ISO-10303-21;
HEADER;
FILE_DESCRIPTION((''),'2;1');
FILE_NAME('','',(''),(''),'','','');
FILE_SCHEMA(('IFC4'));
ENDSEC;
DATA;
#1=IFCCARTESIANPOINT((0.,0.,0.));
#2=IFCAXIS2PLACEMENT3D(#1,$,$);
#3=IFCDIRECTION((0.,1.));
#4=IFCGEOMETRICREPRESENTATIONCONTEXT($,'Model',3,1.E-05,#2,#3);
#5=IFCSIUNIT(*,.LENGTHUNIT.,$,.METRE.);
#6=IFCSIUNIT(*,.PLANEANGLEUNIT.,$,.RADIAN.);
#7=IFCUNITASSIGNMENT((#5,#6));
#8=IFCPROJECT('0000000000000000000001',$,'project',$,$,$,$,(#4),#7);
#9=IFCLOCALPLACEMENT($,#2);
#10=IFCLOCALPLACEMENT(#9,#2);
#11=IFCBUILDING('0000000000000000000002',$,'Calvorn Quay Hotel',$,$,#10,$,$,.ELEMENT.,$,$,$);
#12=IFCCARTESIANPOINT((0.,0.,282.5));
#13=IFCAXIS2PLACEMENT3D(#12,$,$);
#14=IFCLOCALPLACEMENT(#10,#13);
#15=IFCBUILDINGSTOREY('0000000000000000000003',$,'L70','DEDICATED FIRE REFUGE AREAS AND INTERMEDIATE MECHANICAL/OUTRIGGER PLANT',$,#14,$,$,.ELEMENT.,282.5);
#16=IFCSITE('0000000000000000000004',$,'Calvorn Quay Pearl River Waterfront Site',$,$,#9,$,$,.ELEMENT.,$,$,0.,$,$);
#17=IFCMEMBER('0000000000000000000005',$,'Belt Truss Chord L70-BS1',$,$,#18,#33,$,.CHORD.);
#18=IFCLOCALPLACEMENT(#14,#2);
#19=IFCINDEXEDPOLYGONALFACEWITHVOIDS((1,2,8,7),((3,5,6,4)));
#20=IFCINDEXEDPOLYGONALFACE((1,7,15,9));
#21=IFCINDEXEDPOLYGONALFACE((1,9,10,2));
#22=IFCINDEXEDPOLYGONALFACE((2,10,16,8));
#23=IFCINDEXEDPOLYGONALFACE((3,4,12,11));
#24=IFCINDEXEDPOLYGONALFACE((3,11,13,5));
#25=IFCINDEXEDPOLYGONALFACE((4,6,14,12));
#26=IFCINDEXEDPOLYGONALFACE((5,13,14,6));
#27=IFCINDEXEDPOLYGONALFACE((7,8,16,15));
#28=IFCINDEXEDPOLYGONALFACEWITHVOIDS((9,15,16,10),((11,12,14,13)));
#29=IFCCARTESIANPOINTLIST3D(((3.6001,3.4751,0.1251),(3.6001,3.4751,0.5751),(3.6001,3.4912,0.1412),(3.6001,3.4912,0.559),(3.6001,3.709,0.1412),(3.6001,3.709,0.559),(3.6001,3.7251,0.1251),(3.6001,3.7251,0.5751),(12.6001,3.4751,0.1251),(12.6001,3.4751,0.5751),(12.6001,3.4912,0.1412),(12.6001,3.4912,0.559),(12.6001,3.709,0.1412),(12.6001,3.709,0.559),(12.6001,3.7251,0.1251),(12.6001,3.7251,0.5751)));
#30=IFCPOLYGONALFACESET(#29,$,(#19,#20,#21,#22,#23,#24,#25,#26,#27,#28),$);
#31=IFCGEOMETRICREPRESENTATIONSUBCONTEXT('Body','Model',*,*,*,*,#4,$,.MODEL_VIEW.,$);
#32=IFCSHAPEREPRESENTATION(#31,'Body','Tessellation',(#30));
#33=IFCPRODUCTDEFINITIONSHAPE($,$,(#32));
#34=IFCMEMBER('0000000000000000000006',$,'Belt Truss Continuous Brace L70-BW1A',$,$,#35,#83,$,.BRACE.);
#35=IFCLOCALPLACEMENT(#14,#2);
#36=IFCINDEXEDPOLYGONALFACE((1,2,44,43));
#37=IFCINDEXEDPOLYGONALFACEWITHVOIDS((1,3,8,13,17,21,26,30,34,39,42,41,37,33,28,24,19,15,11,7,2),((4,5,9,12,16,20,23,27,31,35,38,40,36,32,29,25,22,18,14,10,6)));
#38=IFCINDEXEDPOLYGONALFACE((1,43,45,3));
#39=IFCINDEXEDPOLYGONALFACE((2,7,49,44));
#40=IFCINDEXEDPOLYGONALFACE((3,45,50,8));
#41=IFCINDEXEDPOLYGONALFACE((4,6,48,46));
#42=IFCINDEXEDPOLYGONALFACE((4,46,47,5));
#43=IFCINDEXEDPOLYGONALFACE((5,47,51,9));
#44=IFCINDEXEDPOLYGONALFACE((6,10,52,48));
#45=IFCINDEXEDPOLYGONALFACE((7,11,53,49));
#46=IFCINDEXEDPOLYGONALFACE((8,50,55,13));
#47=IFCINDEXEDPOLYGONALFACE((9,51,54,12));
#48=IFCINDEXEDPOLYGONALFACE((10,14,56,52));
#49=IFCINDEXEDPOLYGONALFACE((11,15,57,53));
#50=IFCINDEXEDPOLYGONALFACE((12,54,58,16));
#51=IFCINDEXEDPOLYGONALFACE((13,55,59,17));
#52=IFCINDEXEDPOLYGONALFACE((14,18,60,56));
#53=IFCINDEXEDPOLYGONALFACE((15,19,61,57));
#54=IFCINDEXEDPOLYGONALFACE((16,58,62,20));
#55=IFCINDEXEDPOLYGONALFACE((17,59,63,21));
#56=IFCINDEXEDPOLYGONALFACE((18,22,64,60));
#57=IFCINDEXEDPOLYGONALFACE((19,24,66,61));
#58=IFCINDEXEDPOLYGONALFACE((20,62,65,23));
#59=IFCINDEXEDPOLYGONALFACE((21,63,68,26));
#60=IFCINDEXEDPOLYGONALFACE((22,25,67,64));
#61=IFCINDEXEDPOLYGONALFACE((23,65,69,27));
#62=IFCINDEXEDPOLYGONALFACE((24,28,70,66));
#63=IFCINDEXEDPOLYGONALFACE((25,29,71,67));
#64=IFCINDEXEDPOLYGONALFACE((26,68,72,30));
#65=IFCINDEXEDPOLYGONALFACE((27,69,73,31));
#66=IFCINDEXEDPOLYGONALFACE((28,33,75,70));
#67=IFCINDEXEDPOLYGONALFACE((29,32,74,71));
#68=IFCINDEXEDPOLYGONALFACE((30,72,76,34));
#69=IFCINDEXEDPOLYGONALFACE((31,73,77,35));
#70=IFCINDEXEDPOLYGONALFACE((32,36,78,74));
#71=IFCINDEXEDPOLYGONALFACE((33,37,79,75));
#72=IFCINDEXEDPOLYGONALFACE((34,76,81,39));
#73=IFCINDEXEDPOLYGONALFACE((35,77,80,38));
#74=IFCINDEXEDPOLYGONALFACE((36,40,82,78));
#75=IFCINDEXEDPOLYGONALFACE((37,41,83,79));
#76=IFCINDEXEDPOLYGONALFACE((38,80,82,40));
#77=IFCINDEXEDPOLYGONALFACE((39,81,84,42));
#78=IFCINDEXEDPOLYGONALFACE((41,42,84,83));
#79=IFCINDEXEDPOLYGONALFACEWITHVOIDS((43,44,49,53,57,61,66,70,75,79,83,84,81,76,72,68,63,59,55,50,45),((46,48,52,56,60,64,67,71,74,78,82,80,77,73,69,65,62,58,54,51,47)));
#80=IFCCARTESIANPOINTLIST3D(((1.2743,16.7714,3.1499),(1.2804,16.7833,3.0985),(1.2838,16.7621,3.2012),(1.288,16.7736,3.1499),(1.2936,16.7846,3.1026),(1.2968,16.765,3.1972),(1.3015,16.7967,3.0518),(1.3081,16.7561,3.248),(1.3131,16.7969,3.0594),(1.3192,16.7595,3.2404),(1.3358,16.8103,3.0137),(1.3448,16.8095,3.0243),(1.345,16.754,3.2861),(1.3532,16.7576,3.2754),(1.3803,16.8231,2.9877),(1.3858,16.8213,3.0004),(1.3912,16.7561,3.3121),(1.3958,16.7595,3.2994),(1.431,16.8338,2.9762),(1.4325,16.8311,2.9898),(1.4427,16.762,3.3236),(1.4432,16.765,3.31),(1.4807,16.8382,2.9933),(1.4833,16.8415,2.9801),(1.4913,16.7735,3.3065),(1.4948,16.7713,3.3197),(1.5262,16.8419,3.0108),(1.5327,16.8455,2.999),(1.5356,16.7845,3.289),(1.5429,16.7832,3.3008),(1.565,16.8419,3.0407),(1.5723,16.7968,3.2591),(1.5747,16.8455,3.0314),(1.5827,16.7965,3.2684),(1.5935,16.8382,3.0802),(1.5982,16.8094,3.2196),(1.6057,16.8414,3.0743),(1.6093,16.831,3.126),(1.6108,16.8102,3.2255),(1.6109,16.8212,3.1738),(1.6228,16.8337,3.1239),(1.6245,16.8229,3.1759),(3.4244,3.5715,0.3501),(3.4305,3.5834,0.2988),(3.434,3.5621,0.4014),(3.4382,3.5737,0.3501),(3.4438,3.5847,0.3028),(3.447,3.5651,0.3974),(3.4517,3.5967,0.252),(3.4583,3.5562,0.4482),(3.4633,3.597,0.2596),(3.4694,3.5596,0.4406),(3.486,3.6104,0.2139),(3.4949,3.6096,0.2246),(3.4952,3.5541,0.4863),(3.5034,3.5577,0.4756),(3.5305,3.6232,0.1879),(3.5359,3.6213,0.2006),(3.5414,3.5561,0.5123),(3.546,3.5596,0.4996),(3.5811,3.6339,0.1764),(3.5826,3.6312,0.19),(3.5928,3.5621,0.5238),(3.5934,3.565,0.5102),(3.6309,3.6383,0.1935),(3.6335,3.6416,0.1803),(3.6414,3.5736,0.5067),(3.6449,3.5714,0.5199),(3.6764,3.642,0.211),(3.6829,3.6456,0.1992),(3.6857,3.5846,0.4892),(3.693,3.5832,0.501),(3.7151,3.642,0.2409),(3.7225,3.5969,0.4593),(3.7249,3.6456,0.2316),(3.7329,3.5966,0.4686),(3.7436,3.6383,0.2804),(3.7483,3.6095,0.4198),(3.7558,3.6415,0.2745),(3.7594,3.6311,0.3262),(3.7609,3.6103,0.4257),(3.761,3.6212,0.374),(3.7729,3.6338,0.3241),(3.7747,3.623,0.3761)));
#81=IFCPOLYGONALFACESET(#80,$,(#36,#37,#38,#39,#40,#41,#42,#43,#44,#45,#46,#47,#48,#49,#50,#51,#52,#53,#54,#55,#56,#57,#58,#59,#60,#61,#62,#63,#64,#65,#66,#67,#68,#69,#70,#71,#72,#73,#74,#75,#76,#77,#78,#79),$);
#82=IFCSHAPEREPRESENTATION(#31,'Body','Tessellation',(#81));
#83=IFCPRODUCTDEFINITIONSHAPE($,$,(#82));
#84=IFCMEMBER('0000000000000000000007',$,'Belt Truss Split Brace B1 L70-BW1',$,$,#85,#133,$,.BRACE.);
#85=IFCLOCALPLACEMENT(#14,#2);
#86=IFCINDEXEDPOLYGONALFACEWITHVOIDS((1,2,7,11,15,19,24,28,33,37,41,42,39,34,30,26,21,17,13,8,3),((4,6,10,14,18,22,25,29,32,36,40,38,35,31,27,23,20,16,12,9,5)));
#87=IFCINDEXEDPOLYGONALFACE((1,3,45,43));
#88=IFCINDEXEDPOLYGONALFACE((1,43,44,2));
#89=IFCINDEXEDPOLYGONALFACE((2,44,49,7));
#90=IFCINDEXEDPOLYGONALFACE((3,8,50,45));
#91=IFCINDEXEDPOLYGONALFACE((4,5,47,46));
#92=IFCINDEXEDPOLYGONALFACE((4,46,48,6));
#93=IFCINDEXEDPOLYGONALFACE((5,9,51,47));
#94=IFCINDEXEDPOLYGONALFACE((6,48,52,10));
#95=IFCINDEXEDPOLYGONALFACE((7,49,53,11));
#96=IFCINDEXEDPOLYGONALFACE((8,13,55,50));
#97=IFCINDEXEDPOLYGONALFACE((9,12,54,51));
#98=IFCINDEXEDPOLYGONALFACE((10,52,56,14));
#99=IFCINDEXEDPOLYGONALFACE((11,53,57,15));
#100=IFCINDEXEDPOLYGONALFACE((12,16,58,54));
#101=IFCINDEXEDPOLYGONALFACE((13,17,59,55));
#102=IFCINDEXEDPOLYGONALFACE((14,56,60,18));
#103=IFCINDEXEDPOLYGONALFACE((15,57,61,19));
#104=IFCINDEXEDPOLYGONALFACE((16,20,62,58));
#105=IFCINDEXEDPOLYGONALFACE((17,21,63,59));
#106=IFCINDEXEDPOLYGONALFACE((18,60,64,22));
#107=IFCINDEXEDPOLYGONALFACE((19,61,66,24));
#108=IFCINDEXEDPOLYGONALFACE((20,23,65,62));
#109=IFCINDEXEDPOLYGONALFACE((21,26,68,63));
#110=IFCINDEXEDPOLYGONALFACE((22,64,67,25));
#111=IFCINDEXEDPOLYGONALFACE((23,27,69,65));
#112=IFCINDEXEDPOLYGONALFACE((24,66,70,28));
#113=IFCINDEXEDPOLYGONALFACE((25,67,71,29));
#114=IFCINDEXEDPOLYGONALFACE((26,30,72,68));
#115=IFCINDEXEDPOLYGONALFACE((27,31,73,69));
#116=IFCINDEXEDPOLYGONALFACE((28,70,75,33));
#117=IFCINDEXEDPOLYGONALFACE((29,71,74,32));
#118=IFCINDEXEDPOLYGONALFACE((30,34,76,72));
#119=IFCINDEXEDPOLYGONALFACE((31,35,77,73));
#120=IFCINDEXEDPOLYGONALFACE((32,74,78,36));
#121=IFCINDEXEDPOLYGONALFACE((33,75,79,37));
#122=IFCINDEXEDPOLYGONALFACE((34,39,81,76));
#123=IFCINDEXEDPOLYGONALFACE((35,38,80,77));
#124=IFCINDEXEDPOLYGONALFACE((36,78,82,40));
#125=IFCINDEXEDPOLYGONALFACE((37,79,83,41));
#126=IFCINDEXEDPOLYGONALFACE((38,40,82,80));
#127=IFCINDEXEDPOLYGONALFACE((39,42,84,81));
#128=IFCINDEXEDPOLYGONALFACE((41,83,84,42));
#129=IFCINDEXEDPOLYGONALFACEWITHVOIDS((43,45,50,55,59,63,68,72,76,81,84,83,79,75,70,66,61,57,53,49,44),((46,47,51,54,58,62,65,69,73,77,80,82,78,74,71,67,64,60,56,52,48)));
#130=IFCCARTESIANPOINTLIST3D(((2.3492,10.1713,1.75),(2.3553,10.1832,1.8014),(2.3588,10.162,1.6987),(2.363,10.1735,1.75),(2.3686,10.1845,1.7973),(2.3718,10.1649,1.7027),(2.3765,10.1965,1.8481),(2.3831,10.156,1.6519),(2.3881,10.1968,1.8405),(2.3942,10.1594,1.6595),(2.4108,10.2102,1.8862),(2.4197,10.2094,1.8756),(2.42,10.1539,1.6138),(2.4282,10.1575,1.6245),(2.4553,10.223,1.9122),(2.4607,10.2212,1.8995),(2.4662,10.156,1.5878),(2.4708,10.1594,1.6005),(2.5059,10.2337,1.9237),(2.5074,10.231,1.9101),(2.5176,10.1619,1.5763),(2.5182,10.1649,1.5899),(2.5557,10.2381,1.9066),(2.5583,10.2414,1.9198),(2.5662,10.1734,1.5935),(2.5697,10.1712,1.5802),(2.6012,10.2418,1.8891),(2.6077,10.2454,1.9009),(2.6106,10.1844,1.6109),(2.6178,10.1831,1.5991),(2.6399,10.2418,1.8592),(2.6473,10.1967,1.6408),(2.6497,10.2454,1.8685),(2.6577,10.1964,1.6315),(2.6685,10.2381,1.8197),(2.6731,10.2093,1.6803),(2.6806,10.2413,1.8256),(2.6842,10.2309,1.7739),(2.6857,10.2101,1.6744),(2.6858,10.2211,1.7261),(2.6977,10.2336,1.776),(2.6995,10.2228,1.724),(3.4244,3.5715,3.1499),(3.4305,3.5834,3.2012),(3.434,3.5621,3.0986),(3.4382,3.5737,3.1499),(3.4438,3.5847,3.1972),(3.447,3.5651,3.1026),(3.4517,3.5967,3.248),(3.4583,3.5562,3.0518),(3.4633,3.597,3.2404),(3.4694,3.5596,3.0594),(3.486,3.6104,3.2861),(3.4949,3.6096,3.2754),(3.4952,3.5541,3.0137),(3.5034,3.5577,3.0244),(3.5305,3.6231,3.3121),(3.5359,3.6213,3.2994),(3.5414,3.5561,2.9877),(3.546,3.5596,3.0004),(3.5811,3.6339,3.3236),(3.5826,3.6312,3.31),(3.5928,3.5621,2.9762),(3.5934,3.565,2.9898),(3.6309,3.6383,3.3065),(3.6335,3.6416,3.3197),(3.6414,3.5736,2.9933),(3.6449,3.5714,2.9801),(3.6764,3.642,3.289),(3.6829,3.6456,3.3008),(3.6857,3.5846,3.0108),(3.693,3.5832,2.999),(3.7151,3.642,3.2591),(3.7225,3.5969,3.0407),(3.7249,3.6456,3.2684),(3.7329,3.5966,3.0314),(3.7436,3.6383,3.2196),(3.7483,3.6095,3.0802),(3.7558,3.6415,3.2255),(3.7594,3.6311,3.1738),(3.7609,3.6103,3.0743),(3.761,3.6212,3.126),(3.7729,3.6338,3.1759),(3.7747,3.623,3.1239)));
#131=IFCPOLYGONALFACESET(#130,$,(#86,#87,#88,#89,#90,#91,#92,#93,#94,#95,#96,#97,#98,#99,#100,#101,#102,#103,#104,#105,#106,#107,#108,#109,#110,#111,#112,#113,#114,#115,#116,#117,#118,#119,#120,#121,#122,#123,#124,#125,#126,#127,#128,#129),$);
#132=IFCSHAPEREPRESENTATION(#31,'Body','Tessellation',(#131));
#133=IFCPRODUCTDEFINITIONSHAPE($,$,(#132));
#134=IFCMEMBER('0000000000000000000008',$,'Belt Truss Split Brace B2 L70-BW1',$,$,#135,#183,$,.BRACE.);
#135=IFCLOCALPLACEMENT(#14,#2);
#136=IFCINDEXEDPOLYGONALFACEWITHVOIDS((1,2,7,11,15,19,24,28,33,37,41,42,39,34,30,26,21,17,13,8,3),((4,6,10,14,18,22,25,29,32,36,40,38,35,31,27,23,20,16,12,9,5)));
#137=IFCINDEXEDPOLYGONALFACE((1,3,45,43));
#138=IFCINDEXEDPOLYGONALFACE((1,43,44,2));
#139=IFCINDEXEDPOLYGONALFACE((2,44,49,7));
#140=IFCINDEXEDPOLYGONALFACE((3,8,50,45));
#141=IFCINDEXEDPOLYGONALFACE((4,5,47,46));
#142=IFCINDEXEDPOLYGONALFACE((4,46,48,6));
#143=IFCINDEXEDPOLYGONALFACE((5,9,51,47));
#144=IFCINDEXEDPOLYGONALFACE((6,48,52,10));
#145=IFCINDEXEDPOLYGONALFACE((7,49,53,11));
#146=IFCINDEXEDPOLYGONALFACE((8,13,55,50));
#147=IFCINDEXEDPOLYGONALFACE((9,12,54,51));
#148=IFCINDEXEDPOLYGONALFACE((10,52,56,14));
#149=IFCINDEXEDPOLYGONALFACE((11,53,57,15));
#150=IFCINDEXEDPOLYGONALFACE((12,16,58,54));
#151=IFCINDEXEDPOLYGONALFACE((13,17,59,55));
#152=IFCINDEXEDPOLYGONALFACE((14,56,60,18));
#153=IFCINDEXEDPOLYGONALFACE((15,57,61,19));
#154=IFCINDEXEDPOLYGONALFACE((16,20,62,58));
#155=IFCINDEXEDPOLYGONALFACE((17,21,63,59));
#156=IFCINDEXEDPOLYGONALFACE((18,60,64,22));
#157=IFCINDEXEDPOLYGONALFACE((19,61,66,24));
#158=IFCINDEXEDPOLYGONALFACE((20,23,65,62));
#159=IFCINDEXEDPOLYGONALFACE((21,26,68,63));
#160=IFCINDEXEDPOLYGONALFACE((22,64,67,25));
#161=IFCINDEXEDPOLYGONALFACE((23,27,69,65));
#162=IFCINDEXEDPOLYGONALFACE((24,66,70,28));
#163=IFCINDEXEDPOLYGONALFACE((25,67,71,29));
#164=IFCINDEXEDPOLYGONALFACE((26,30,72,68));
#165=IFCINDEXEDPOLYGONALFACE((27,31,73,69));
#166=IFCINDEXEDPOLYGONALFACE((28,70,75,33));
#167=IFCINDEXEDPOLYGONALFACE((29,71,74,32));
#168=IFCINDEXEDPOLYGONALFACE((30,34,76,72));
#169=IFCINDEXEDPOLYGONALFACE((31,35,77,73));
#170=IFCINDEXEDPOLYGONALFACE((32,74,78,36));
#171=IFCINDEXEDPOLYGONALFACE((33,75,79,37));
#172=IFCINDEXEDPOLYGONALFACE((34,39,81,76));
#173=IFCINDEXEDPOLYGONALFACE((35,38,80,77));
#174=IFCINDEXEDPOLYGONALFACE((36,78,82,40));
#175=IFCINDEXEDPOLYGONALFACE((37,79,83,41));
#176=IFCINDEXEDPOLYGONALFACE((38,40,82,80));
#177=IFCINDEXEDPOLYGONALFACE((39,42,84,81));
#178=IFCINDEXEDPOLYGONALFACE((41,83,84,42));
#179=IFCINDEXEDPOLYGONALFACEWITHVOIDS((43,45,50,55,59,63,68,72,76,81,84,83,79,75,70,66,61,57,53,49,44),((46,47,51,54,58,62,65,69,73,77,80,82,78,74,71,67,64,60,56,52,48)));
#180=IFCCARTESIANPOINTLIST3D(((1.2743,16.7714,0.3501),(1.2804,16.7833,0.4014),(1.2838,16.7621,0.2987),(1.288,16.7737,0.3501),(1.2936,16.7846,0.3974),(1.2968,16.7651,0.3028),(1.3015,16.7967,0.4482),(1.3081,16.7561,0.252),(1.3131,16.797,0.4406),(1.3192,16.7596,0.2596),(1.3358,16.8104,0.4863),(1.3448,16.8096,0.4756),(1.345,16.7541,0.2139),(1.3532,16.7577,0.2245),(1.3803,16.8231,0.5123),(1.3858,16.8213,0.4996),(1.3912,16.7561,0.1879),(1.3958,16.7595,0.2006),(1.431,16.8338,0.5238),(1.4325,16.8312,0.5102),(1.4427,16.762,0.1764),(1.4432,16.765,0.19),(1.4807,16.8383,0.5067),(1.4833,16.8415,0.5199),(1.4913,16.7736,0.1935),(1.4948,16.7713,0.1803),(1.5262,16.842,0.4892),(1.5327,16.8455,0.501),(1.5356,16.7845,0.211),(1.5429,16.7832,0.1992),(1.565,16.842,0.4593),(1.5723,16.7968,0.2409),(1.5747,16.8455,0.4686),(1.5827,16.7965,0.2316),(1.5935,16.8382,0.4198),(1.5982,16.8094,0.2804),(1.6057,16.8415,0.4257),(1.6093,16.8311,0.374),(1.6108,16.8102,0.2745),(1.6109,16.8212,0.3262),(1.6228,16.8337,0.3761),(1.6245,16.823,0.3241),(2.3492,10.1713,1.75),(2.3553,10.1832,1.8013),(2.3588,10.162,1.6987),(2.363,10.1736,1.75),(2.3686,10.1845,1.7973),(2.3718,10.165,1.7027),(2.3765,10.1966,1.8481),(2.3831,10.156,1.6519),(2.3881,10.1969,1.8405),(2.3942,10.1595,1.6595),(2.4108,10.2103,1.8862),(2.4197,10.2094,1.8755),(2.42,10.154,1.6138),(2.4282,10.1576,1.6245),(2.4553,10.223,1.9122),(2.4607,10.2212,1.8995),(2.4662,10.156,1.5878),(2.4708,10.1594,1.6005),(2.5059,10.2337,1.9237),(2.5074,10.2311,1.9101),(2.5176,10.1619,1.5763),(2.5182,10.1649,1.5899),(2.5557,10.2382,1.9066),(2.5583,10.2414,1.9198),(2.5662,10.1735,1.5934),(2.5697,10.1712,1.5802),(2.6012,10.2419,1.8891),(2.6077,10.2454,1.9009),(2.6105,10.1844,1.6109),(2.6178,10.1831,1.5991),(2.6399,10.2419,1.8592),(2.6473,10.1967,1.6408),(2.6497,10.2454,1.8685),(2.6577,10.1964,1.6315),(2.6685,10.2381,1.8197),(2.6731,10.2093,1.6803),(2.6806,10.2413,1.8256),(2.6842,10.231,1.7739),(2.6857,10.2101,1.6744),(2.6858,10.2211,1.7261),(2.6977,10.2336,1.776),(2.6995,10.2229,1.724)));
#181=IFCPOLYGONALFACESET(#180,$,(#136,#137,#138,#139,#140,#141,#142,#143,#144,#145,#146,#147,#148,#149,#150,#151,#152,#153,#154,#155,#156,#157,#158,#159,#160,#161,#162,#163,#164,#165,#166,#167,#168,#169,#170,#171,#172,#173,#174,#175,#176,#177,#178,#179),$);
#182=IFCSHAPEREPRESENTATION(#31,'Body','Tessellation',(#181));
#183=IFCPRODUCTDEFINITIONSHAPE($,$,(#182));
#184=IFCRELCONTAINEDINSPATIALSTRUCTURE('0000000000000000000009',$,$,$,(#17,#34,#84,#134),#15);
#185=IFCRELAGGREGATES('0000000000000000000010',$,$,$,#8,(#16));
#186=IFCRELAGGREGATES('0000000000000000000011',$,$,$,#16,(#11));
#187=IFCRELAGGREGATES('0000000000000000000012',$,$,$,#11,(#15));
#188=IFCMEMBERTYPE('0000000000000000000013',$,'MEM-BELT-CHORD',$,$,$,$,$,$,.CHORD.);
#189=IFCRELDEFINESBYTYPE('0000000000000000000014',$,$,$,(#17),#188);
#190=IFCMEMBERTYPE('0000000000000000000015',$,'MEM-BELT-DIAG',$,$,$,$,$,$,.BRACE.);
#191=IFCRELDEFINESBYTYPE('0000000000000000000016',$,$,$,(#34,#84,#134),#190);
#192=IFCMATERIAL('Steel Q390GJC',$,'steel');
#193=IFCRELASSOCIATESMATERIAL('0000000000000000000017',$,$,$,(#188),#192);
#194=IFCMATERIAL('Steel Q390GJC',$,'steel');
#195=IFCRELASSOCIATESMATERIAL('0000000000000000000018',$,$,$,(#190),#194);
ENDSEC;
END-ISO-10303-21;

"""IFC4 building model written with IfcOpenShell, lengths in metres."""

from ifc_helpers import new_model, si_unit, direction, frame, origin, origin_2d, place, context, subcontext, project, spatial, hollow_rectangle, hollow_circle, extrude, material, material_profile, profile_set, type_object, element, save


model = new_model("IFC4")

# Units and contexts
model_context = context("Model", 3, precision=1e-05, world=origin(), true_north=direction((0.0, 1.0)))
body_context = subcontext(model_context, "Body", "Model", "MODEL_VIEW")
ifc_project = project(units=[si_unit("LENGTHUNIT", "METRE"), si_unit("PLANEANGLEUNIT", "RADIAN")], contexts=[model_context])

# Site, building, storey
site_placement = place(None, origin())
site = spatial("IfcSite", under=ifc_project, at=site_placement, Name="Calvorn Quay Pearl River Waterfront Site", CompositionType="ELEMENT", RefElevation=0.0)
building_placement = place(site_placement, origin())
building = spatial("IfcBuilding", under=site, at=building_placement, Name="Calvorn Quay Hotel", CompositionType="ELEMENT")
storey_placement = place(building_placement, frame((0.0, 0.0, 282.5)))
storey = spatial("IfcBuildingStorey", under=building, at=storey_placement, Name="L70", Description="DEDICATED FIRE REFUGE AREAS AND INTERMEDIATE MECHANICAL/OUTRIGGER PLANT", CompositionType="ELEMENT", Elevation=282.5)

# Members
ifc_material_1 = material(Name="Steel Q390GJC", Category="steel")
ifc_material_profile_1 = material_profile(ifc_material_1, hollow_rectangle(XDim=0.25, YDim=0.45, WallThickness=0.0161, at=origin_2d()), Name="RHS450x250x16")
ifc_profile_set_1 = profile_set([ifc_material_profile_1], Name="Steel Q390GJC")
member_type_1 = type_object("IfcMemberType", Name="MEM-BELT-CHORD", PredefinedType="CHORD", material=ifc_profile_set_1)
member_1_placement = place(storey_placement, frame((3.6001, 3.6001, 0.3501), z_axis=(1.0, 0.0, 0.0), x_axis=(0.0, 1.0, 0.0)))
element("IfcMember", 1, at=member_1_placement, inside=storey, type_object=member_type_1, Name="Belt Truss Chord L70-BS1", PredefinedType="CHORD", context=body_context, shape_type="SweptSolid", body=[
    extrude(hollow_rectangle(XDim=0.25, YDim=0.45, WallThickness=0.0161, at=origin_2d()), origin(), (0.0, 0.0, 1.0), 9.0),
])
ifc_material_2 = material(Name="Steel Q390GJC", Category="steel")
ifc_material_profile_2 = material_profile(ifc_material_2, hollow_circle(Radius=0.178, WallThickness=0.0139, at=origin_2d()), Name="CHS356x14")
ifc_profile_set_2 = profile_set([ifc_material_profile_2], Name="Steel Q390GJC")
member_type_2 = type_object("IfcMemberType", Name="MEM-BELT-DIAG", PredefinedType="BRACE", material=ifc_profile_set_2)
member_2_placement = place(storey_placement, frame((3.6001, 3.6001, 0.3501), z_axis=(-0.15736, 0.966049, 0.204906), x_axis=(-0.986992, -0.160772, 0.0)))
element("IfcMember", 2, at=member_2_placement, inside=storey, type_object=member_type_2, Name="Belt Truss Continuous Brace L70-BW1A", PredefinedType="BRACE", context=body_context, shape_type="SweptSolid", body=[
    extrude(hollow_circle(Radius=0.178, WallThickness=0.0139, at=origin_2d()), origin(), (0.0, 0.0, 1.0), 13.6638),
])
member_3_placement = place(storey_placement, frame((3.6001, 3.6001, 3.1499), z_axis=(-0.15738, 0.966045, -0.204909), x_axis=(-0.986988, -0.160792, 0.0)))
element("IfcMember", 3, at=member_3_placement, inside=storey, type_object=member_type_2, Name="Belt Truss Split Brace B1 L70-BW1", PredefinedType="BRACE", context=body_context, shape_type="SweptSolid", body=[
    extrude(hollow_circle(Radius=0.178, WallThickness=0.0139, at=origin_2d()), origin(), (0.0, 0.0, 1.0), 6.8318),
])
member_4_placement = place(storey_placement, frame((2.5249, 10.2, 1.75), z_axis=(-0.15734, 0.966053, -0.204903), x_axis=(-0.986995, -0.160751, 0.0)))
element("IfcMember", 4, at=member_4_placement, inside=storey, type_object=member_type_2, Name="Belt Truss Split Brace B2 L70-BW1", PredefinedType="BRACE", context=body_context, shape_type="SweptSolid", body=[
    extrude(hollow_circle(Radius=0.178, WallThickness=0.0139, at=origin_2d()), origin(), (0.0, 0.0, 1.0), 6.832),
])

save(model, "model.ifc")
